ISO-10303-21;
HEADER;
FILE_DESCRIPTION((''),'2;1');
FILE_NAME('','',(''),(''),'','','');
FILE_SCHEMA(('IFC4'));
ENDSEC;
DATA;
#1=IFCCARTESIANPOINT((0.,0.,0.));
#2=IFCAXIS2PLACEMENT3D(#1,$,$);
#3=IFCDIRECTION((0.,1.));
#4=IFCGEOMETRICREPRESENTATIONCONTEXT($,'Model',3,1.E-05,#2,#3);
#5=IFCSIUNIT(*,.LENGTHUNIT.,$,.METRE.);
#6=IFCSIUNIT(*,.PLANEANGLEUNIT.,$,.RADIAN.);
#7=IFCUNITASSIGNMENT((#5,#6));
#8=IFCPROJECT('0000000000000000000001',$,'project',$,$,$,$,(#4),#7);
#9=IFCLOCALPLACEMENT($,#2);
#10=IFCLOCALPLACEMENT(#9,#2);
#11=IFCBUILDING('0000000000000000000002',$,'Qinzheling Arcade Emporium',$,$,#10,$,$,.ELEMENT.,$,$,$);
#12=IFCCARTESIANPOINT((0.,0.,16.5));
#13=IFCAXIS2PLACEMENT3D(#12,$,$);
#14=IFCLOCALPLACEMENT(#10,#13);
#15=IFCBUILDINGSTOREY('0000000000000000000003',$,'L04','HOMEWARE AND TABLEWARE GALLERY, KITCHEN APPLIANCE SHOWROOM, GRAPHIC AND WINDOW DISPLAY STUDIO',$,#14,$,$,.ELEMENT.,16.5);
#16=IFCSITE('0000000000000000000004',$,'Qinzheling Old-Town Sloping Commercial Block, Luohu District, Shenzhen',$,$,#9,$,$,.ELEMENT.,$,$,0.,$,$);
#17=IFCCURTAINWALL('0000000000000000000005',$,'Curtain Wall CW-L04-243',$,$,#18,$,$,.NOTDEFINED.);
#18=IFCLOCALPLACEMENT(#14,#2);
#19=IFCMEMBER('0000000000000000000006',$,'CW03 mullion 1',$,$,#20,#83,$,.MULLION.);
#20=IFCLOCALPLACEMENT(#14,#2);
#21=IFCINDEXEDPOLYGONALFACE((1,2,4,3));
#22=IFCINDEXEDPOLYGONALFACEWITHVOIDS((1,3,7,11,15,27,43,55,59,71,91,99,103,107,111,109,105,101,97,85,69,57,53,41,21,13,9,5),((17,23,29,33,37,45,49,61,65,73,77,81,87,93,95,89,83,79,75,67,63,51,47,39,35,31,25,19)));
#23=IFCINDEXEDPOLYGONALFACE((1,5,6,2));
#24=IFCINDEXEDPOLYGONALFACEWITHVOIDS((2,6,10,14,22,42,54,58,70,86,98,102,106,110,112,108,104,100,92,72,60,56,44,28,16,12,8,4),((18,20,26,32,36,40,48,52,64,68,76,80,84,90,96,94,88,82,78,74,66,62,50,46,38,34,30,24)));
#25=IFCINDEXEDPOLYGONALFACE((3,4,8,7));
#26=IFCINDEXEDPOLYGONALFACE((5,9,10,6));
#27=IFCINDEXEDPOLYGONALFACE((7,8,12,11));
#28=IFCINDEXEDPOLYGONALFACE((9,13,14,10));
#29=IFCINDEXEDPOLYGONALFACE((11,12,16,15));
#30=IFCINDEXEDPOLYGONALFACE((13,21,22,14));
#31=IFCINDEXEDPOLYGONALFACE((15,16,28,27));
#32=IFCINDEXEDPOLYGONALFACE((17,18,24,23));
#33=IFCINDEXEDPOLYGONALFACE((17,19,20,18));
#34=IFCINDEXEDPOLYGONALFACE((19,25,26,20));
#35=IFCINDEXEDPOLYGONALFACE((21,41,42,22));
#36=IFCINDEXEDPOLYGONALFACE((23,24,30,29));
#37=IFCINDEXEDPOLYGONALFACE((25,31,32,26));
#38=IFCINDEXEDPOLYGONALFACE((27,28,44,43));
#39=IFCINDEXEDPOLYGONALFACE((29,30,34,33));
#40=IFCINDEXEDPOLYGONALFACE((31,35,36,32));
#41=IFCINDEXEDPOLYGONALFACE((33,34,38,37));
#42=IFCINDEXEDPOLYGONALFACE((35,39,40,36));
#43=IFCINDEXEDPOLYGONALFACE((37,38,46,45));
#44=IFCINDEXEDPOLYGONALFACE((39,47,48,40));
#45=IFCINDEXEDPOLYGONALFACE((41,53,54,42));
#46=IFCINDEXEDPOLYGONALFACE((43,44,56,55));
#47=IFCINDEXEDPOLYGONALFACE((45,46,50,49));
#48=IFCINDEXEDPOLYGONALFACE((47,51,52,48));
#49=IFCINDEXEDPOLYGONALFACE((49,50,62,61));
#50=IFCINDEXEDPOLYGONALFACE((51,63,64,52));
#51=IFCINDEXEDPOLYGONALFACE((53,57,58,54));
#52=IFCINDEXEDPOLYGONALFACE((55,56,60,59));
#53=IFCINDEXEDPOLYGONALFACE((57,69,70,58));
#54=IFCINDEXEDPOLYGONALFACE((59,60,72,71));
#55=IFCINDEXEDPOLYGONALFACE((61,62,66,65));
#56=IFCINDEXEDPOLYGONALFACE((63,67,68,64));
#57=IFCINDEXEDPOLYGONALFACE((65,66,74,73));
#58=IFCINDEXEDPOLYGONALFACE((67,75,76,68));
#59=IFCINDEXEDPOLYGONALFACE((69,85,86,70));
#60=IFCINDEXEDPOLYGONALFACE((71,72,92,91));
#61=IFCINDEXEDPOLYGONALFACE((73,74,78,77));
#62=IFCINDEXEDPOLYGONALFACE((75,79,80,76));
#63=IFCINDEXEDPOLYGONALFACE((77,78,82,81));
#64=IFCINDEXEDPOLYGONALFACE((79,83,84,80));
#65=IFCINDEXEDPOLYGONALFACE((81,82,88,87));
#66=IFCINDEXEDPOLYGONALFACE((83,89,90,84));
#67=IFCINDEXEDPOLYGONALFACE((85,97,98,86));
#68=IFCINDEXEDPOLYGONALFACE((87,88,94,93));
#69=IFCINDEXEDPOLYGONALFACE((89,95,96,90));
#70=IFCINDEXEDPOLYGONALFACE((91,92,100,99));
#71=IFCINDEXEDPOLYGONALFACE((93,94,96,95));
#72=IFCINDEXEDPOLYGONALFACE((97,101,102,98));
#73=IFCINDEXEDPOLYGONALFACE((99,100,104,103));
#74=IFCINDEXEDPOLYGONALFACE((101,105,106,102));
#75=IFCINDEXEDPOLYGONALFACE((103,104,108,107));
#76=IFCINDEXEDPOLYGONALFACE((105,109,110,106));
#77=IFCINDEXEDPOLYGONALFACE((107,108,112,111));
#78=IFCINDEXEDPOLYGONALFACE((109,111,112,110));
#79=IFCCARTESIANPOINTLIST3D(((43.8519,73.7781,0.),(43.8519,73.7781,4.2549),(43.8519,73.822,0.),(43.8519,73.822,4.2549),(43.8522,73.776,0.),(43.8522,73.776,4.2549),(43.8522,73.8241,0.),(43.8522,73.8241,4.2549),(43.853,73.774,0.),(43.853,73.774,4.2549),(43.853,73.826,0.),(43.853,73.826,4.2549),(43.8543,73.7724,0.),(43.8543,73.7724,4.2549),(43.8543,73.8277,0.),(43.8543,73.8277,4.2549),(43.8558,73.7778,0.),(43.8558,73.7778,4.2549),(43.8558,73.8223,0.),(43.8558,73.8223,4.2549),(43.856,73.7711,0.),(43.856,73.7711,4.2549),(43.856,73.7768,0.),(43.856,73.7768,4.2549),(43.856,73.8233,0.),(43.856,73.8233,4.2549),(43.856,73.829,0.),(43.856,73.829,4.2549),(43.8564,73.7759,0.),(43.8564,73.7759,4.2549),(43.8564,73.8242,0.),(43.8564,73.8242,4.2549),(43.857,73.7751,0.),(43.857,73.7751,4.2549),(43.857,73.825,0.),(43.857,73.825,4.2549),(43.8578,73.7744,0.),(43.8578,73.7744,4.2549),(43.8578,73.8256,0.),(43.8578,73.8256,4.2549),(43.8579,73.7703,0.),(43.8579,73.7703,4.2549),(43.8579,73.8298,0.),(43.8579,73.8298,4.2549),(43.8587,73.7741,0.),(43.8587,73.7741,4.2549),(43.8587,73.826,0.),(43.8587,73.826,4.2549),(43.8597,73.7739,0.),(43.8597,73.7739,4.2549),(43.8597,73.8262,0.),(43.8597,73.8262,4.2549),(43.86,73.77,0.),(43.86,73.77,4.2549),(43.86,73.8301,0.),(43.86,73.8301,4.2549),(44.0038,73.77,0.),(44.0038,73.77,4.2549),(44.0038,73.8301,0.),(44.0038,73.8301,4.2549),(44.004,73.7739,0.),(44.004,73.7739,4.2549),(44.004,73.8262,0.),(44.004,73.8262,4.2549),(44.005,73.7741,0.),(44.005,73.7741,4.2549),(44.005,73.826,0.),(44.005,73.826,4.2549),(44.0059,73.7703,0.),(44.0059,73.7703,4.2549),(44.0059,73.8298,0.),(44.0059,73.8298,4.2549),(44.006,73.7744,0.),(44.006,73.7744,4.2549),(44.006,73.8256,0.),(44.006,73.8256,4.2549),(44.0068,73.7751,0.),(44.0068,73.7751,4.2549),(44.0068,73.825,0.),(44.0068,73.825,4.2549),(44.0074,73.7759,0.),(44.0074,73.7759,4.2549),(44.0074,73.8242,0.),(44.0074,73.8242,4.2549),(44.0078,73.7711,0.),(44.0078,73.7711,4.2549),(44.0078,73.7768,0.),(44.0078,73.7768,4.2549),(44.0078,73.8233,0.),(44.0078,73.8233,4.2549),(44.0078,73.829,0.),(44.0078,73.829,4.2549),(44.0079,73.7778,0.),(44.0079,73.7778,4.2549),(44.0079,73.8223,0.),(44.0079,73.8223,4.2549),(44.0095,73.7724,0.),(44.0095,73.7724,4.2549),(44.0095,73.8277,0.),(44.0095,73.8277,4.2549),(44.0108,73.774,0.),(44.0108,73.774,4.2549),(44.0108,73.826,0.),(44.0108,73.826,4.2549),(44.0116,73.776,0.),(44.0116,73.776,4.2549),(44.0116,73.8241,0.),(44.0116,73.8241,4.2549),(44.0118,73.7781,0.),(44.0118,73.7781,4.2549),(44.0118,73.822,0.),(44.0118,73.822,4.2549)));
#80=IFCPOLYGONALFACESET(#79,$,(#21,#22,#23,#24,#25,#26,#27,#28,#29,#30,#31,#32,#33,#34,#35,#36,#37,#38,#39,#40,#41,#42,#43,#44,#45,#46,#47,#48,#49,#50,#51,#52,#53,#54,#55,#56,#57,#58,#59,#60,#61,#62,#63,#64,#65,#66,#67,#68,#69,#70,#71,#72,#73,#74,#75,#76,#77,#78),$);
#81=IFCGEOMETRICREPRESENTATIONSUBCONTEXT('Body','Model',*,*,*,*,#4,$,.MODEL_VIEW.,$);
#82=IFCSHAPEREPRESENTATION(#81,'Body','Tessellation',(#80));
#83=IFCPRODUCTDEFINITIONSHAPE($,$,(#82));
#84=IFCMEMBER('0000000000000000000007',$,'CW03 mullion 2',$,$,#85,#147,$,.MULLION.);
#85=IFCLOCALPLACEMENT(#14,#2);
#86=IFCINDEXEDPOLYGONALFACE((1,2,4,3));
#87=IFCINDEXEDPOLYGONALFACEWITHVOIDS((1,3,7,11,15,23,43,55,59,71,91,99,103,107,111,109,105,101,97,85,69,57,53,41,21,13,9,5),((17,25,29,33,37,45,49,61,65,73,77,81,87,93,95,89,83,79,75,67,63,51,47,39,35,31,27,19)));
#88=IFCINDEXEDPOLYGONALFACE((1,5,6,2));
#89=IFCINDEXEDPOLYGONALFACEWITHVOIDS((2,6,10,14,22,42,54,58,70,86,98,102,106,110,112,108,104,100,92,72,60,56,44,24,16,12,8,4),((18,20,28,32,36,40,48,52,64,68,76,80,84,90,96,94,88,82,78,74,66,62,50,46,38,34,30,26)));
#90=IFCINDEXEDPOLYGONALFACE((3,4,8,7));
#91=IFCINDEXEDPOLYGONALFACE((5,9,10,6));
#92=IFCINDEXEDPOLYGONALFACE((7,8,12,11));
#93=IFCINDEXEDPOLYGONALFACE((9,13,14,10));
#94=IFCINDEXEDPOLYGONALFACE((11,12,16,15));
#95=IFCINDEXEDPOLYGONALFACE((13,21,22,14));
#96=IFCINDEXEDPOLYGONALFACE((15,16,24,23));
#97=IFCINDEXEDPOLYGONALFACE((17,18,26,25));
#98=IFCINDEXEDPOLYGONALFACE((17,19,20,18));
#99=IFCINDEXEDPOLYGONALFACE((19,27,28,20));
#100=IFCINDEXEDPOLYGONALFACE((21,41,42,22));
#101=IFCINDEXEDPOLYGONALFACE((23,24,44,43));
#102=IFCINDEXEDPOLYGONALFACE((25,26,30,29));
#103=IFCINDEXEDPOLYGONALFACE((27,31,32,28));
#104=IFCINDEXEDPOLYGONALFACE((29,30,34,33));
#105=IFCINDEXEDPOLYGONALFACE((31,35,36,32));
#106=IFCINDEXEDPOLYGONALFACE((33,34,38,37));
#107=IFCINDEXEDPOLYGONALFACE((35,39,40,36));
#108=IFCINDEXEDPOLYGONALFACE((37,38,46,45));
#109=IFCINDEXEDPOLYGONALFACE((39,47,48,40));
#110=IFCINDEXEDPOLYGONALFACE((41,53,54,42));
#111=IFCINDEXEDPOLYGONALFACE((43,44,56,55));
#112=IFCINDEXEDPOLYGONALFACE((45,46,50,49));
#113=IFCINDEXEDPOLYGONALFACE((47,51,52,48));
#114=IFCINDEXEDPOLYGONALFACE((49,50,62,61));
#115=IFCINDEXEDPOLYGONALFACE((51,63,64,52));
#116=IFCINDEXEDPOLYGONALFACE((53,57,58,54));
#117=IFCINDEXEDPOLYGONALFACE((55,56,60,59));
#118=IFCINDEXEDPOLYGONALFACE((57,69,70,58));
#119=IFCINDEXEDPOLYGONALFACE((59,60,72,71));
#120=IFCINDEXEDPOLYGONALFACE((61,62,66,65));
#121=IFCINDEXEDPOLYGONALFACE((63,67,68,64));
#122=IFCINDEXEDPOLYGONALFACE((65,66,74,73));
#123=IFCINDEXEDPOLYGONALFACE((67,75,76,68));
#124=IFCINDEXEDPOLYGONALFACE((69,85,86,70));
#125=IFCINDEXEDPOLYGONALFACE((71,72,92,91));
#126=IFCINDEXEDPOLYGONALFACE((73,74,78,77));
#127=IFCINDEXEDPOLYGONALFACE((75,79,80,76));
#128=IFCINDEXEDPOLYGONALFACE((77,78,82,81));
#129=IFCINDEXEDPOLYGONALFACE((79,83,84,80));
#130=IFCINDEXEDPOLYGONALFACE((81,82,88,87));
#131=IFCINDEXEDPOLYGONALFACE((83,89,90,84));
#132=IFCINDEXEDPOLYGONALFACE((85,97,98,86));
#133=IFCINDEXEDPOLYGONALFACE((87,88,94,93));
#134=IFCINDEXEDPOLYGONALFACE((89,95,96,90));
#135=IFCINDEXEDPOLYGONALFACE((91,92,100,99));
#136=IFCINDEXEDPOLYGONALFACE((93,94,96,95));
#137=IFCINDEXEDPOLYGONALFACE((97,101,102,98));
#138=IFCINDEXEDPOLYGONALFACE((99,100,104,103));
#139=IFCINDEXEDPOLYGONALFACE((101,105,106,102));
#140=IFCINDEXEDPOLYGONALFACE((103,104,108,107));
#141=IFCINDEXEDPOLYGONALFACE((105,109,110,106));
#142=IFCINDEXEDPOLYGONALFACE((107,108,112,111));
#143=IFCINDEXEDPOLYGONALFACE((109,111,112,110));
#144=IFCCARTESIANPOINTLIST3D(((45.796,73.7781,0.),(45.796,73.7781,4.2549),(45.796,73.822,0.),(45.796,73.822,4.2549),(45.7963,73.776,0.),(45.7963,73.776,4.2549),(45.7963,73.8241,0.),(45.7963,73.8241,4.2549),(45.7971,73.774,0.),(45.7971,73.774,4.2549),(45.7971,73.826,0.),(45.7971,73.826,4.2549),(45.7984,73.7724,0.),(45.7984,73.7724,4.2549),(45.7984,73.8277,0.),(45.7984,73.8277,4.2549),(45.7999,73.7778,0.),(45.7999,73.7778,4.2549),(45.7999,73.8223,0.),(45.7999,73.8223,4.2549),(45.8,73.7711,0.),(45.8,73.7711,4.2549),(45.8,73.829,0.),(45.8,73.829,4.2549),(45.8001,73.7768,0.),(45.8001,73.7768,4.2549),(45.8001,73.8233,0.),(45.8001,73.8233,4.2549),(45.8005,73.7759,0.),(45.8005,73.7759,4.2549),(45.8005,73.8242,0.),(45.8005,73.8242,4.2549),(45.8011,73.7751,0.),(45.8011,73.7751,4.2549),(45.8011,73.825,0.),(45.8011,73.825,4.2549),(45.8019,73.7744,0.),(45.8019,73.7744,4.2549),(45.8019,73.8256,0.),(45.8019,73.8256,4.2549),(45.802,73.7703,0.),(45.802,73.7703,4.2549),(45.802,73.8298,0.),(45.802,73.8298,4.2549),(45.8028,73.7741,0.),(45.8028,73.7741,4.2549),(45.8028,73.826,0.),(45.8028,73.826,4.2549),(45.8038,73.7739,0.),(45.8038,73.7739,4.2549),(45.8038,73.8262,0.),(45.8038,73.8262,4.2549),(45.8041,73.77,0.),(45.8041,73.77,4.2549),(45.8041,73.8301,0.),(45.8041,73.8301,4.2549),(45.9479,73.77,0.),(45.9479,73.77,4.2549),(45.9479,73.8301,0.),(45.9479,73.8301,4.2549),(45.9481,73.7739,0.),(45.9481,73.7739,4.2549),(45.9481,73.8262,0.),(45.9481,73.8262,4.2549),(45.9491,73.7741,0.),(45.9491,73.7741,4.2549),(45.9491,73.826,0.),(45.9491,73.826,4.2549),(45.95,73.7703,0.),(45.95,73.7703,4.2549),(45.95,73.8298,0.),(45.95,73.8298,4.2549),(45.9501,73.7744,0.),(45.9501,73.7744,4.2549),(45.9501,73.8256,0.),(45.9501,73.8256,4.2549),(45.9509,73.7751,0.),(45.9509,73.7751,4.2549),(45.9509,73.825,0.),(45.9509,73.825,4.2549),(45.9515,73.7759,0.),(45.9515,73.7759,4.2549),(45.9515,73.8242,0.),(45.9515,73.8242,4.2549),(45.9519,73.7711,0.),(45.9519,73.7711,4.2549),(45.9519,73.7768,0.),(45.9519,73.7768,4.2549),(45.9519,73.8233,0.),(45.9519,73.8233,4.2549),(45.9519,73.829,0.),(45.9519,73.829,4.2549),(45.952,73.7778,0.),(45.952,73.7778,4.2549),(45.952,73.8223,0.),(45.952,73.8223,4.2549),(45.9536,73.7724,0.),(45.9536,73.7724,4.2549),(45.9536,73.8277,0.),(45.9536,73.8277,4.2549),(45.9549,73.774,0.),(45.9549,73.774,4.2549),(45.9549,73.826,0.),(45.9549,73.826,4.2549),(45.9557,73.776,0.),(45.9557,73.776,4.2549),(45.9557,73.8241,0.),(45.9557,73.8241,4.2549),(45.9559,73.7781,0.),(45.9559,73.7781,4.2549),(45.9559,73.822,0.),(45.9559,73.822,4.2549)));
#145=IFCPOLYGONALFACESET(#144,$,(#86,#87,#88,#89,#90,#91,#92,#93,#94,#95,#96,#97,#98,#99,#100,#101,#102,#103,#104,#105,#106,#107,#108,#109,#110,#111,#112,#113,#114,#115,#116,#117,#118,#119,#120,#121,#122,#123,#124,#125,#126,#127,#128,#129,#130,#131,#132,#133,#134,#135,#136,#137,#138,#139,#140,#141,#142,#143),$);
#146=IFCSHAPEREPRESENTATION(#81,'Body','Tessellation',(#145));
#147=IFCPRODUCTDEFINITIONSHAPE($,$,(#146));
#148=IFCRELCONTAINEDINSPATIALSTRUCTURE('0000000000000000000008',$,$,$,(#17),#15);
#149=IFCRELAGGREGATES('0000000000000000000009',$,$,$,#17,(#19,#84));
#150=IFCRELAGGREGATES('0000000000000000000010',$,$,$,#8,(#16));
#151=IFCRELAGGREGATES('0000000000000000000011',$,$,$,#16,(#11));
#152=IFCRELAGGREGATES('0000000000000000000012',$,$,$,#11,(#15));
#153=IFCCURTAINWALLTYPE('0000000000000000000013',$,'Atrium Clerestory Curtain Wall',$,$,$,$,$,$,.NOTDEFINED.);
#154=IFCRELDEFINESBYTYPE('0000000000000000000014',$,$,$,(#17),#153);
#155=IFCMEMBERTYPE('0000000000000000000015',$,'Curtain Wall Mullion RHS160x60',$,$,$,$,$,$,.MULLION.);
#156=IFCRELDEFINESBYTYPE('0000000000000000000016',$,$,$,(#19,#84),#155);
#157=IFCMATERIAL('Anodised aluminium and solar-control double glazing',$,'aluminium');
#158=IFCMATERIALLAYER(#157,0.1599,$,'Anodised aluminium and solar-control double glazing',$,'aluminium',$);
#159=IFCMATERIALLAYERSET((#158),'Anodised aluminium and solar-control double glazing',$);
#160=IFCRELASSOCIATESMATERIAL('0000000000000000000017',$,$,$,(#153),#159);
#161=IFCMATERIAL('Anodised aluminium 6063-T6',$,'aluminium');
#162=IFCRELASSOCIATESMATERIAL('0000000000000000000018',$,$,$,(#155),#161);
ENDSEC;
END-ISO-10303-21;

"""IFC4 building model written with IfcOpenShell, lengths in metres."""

from ifc_helpers import new_model, si_unit, direction, frame, origin, origin_2d, place, context, subcontext, project, spatial, hollow_rectangle, extrude, material, layer, layer_set, material_profile, profile_set, type_object, element, aggregate, save


model = new_model("IFC4")

# Units and contexts
model_context = context("Model", 3, precision=1e-05, world=origin(), true_north=direction((0.0, 1.0)))
body_context = subcontext(model_context, "Body", "Model", "MODEL_VIEW")
ifc_project = project(units=[si_unit("LENGTHUNIT", "METRE"), si_unit("PLANEANGLEUNIT", "RADIAN")], contexts=[model_context])

# Site, building, storey
site_placement = place(None, origin())
site = spatial("IfcSite", under=ifc_project, at=site_placement, Name="Qinzheling Old-Town Sloping Commercial Block, Luohu District, Shenzhen", CompositionType="ELEMENT", RefElevation=0.0)
building_placement = place(site_placement, origin())
building = spatial("IfcBuilding", under=site, at=building_placement, Name="Qinzheling Arcade Emporium", CompositionType="ELEMENT")
storey_placement = place(building_placement, frame((0.0, 0.0, 16.5)))
storey = spatial("IfcBuildingStorey", under=building, at=storey_placement, Name="L04", Description="HOMEWARE AND TABLEWARE GALLERY, KITCHEN APPLIANCE SHOWROOM, GRAPHIC AND WINDOW DISPLAY STUDIO", CompositionType="ELEMENT", Elevation=16.5)

# Curtain wall, members
ifc_material_1 = material(Name="Anodised aluminium and solar-control double glazing", Category="aluminium")
ifc_layer_1 = layer(ifc_material_1, 0.1599, Name="Anodised aluminium and solar-control double glazing", Category="aluminium")
ifc_layer_set_1 = layer_set([ifc_layer_1], Name="Anodised aluminium and solar-control double glazing")
curtain_wall_type = type_object("IfcCurtainWallType", Name="Atrium Clerestory Curtain Wall", PredefinedType="NOTDEFINED", material=ifc_layer_set_1)
curtain_wall_placement = place(storey_placement, origin())
curtain_wall = element("IfcCurtainWall", 1, at=curtain_wall_placement, inside=storey, type_object=curtain_wall_type, Name="Curtain Wall CW-L04-243", PredefinedType="NOTDEFINED")
ifc_material_2 = material(Name="Anodised aluminium 6063-T6", Category="aluminium")
ifc_material_profile_1 = material_profile(ifc_material_2, hollow_rectangle(XDim=0.0601, YDim=0.1599, WallThickness=0.0039, InnerFilletRadius=0.0039, OuterFilletRadius=0.0081, at=origin_2d()), Name="RHS 160x60x4", Category="aluminium")
ifc_profile_set_1 = profile_set([ifc_material_profile_1], Name="Anodised aluminium 6063-T6")
member_type_1 = type_object("IfcMemberType", Name="Curtain Wall Mullion RHS160x60", PredefinedType="MULLION", material=ifc_profile_set_1)
member_1_placement = place(storey_placement, frame((43.9319, 73.8, 0.0), z_axis=(0.0, 0.0, 1.0), x_axis=(0.0, 1.0, 0.0)))
member_1 = element("IfcMember", 2, at=member_1_placement, type_object=member_type_1, Name="CW03 mullion 1", PredefinedType="MULLION", context=body_context, shape_type="SweptSolid", body=[
    extrude(hollow_rectangle(XDim=0.0601, YDim=0.1599, WallThickness=0.0039, InnerFilletRadius=0.0039, OuterFilletRadius=0.0081, at=origin_2d()), origin(), (0.0, 0.0, 1.0), 4.2549),
])
member_2_placement = place(storey_placement, frame((45.876, 73.8, 0.0), z_axis=(0.0, 0.0, 1.0), x_axis=(0.0, 1.0, 0.0)))
member_2 = element("IfcMember", 3, at=member_2_placement, type_object=member_type_1, Name="CW03 mullion 2", PredefinedType="MULLION", context=body_context, shape_type="SweptSolid", body=[
    extrude(hollow_rectangle(XDim=0.0601, YDim=0.1599, WallThickness=0.0039, InnerFilletRadius=0.0039, OuterFilletRadius=0.0081, at=origin_2d()), origin(), (0.0, 0.0, 1.0), 4.2549),
])

aggregate(curtain_wall, [member_1, member_2])

save(model, "model.ifc")
